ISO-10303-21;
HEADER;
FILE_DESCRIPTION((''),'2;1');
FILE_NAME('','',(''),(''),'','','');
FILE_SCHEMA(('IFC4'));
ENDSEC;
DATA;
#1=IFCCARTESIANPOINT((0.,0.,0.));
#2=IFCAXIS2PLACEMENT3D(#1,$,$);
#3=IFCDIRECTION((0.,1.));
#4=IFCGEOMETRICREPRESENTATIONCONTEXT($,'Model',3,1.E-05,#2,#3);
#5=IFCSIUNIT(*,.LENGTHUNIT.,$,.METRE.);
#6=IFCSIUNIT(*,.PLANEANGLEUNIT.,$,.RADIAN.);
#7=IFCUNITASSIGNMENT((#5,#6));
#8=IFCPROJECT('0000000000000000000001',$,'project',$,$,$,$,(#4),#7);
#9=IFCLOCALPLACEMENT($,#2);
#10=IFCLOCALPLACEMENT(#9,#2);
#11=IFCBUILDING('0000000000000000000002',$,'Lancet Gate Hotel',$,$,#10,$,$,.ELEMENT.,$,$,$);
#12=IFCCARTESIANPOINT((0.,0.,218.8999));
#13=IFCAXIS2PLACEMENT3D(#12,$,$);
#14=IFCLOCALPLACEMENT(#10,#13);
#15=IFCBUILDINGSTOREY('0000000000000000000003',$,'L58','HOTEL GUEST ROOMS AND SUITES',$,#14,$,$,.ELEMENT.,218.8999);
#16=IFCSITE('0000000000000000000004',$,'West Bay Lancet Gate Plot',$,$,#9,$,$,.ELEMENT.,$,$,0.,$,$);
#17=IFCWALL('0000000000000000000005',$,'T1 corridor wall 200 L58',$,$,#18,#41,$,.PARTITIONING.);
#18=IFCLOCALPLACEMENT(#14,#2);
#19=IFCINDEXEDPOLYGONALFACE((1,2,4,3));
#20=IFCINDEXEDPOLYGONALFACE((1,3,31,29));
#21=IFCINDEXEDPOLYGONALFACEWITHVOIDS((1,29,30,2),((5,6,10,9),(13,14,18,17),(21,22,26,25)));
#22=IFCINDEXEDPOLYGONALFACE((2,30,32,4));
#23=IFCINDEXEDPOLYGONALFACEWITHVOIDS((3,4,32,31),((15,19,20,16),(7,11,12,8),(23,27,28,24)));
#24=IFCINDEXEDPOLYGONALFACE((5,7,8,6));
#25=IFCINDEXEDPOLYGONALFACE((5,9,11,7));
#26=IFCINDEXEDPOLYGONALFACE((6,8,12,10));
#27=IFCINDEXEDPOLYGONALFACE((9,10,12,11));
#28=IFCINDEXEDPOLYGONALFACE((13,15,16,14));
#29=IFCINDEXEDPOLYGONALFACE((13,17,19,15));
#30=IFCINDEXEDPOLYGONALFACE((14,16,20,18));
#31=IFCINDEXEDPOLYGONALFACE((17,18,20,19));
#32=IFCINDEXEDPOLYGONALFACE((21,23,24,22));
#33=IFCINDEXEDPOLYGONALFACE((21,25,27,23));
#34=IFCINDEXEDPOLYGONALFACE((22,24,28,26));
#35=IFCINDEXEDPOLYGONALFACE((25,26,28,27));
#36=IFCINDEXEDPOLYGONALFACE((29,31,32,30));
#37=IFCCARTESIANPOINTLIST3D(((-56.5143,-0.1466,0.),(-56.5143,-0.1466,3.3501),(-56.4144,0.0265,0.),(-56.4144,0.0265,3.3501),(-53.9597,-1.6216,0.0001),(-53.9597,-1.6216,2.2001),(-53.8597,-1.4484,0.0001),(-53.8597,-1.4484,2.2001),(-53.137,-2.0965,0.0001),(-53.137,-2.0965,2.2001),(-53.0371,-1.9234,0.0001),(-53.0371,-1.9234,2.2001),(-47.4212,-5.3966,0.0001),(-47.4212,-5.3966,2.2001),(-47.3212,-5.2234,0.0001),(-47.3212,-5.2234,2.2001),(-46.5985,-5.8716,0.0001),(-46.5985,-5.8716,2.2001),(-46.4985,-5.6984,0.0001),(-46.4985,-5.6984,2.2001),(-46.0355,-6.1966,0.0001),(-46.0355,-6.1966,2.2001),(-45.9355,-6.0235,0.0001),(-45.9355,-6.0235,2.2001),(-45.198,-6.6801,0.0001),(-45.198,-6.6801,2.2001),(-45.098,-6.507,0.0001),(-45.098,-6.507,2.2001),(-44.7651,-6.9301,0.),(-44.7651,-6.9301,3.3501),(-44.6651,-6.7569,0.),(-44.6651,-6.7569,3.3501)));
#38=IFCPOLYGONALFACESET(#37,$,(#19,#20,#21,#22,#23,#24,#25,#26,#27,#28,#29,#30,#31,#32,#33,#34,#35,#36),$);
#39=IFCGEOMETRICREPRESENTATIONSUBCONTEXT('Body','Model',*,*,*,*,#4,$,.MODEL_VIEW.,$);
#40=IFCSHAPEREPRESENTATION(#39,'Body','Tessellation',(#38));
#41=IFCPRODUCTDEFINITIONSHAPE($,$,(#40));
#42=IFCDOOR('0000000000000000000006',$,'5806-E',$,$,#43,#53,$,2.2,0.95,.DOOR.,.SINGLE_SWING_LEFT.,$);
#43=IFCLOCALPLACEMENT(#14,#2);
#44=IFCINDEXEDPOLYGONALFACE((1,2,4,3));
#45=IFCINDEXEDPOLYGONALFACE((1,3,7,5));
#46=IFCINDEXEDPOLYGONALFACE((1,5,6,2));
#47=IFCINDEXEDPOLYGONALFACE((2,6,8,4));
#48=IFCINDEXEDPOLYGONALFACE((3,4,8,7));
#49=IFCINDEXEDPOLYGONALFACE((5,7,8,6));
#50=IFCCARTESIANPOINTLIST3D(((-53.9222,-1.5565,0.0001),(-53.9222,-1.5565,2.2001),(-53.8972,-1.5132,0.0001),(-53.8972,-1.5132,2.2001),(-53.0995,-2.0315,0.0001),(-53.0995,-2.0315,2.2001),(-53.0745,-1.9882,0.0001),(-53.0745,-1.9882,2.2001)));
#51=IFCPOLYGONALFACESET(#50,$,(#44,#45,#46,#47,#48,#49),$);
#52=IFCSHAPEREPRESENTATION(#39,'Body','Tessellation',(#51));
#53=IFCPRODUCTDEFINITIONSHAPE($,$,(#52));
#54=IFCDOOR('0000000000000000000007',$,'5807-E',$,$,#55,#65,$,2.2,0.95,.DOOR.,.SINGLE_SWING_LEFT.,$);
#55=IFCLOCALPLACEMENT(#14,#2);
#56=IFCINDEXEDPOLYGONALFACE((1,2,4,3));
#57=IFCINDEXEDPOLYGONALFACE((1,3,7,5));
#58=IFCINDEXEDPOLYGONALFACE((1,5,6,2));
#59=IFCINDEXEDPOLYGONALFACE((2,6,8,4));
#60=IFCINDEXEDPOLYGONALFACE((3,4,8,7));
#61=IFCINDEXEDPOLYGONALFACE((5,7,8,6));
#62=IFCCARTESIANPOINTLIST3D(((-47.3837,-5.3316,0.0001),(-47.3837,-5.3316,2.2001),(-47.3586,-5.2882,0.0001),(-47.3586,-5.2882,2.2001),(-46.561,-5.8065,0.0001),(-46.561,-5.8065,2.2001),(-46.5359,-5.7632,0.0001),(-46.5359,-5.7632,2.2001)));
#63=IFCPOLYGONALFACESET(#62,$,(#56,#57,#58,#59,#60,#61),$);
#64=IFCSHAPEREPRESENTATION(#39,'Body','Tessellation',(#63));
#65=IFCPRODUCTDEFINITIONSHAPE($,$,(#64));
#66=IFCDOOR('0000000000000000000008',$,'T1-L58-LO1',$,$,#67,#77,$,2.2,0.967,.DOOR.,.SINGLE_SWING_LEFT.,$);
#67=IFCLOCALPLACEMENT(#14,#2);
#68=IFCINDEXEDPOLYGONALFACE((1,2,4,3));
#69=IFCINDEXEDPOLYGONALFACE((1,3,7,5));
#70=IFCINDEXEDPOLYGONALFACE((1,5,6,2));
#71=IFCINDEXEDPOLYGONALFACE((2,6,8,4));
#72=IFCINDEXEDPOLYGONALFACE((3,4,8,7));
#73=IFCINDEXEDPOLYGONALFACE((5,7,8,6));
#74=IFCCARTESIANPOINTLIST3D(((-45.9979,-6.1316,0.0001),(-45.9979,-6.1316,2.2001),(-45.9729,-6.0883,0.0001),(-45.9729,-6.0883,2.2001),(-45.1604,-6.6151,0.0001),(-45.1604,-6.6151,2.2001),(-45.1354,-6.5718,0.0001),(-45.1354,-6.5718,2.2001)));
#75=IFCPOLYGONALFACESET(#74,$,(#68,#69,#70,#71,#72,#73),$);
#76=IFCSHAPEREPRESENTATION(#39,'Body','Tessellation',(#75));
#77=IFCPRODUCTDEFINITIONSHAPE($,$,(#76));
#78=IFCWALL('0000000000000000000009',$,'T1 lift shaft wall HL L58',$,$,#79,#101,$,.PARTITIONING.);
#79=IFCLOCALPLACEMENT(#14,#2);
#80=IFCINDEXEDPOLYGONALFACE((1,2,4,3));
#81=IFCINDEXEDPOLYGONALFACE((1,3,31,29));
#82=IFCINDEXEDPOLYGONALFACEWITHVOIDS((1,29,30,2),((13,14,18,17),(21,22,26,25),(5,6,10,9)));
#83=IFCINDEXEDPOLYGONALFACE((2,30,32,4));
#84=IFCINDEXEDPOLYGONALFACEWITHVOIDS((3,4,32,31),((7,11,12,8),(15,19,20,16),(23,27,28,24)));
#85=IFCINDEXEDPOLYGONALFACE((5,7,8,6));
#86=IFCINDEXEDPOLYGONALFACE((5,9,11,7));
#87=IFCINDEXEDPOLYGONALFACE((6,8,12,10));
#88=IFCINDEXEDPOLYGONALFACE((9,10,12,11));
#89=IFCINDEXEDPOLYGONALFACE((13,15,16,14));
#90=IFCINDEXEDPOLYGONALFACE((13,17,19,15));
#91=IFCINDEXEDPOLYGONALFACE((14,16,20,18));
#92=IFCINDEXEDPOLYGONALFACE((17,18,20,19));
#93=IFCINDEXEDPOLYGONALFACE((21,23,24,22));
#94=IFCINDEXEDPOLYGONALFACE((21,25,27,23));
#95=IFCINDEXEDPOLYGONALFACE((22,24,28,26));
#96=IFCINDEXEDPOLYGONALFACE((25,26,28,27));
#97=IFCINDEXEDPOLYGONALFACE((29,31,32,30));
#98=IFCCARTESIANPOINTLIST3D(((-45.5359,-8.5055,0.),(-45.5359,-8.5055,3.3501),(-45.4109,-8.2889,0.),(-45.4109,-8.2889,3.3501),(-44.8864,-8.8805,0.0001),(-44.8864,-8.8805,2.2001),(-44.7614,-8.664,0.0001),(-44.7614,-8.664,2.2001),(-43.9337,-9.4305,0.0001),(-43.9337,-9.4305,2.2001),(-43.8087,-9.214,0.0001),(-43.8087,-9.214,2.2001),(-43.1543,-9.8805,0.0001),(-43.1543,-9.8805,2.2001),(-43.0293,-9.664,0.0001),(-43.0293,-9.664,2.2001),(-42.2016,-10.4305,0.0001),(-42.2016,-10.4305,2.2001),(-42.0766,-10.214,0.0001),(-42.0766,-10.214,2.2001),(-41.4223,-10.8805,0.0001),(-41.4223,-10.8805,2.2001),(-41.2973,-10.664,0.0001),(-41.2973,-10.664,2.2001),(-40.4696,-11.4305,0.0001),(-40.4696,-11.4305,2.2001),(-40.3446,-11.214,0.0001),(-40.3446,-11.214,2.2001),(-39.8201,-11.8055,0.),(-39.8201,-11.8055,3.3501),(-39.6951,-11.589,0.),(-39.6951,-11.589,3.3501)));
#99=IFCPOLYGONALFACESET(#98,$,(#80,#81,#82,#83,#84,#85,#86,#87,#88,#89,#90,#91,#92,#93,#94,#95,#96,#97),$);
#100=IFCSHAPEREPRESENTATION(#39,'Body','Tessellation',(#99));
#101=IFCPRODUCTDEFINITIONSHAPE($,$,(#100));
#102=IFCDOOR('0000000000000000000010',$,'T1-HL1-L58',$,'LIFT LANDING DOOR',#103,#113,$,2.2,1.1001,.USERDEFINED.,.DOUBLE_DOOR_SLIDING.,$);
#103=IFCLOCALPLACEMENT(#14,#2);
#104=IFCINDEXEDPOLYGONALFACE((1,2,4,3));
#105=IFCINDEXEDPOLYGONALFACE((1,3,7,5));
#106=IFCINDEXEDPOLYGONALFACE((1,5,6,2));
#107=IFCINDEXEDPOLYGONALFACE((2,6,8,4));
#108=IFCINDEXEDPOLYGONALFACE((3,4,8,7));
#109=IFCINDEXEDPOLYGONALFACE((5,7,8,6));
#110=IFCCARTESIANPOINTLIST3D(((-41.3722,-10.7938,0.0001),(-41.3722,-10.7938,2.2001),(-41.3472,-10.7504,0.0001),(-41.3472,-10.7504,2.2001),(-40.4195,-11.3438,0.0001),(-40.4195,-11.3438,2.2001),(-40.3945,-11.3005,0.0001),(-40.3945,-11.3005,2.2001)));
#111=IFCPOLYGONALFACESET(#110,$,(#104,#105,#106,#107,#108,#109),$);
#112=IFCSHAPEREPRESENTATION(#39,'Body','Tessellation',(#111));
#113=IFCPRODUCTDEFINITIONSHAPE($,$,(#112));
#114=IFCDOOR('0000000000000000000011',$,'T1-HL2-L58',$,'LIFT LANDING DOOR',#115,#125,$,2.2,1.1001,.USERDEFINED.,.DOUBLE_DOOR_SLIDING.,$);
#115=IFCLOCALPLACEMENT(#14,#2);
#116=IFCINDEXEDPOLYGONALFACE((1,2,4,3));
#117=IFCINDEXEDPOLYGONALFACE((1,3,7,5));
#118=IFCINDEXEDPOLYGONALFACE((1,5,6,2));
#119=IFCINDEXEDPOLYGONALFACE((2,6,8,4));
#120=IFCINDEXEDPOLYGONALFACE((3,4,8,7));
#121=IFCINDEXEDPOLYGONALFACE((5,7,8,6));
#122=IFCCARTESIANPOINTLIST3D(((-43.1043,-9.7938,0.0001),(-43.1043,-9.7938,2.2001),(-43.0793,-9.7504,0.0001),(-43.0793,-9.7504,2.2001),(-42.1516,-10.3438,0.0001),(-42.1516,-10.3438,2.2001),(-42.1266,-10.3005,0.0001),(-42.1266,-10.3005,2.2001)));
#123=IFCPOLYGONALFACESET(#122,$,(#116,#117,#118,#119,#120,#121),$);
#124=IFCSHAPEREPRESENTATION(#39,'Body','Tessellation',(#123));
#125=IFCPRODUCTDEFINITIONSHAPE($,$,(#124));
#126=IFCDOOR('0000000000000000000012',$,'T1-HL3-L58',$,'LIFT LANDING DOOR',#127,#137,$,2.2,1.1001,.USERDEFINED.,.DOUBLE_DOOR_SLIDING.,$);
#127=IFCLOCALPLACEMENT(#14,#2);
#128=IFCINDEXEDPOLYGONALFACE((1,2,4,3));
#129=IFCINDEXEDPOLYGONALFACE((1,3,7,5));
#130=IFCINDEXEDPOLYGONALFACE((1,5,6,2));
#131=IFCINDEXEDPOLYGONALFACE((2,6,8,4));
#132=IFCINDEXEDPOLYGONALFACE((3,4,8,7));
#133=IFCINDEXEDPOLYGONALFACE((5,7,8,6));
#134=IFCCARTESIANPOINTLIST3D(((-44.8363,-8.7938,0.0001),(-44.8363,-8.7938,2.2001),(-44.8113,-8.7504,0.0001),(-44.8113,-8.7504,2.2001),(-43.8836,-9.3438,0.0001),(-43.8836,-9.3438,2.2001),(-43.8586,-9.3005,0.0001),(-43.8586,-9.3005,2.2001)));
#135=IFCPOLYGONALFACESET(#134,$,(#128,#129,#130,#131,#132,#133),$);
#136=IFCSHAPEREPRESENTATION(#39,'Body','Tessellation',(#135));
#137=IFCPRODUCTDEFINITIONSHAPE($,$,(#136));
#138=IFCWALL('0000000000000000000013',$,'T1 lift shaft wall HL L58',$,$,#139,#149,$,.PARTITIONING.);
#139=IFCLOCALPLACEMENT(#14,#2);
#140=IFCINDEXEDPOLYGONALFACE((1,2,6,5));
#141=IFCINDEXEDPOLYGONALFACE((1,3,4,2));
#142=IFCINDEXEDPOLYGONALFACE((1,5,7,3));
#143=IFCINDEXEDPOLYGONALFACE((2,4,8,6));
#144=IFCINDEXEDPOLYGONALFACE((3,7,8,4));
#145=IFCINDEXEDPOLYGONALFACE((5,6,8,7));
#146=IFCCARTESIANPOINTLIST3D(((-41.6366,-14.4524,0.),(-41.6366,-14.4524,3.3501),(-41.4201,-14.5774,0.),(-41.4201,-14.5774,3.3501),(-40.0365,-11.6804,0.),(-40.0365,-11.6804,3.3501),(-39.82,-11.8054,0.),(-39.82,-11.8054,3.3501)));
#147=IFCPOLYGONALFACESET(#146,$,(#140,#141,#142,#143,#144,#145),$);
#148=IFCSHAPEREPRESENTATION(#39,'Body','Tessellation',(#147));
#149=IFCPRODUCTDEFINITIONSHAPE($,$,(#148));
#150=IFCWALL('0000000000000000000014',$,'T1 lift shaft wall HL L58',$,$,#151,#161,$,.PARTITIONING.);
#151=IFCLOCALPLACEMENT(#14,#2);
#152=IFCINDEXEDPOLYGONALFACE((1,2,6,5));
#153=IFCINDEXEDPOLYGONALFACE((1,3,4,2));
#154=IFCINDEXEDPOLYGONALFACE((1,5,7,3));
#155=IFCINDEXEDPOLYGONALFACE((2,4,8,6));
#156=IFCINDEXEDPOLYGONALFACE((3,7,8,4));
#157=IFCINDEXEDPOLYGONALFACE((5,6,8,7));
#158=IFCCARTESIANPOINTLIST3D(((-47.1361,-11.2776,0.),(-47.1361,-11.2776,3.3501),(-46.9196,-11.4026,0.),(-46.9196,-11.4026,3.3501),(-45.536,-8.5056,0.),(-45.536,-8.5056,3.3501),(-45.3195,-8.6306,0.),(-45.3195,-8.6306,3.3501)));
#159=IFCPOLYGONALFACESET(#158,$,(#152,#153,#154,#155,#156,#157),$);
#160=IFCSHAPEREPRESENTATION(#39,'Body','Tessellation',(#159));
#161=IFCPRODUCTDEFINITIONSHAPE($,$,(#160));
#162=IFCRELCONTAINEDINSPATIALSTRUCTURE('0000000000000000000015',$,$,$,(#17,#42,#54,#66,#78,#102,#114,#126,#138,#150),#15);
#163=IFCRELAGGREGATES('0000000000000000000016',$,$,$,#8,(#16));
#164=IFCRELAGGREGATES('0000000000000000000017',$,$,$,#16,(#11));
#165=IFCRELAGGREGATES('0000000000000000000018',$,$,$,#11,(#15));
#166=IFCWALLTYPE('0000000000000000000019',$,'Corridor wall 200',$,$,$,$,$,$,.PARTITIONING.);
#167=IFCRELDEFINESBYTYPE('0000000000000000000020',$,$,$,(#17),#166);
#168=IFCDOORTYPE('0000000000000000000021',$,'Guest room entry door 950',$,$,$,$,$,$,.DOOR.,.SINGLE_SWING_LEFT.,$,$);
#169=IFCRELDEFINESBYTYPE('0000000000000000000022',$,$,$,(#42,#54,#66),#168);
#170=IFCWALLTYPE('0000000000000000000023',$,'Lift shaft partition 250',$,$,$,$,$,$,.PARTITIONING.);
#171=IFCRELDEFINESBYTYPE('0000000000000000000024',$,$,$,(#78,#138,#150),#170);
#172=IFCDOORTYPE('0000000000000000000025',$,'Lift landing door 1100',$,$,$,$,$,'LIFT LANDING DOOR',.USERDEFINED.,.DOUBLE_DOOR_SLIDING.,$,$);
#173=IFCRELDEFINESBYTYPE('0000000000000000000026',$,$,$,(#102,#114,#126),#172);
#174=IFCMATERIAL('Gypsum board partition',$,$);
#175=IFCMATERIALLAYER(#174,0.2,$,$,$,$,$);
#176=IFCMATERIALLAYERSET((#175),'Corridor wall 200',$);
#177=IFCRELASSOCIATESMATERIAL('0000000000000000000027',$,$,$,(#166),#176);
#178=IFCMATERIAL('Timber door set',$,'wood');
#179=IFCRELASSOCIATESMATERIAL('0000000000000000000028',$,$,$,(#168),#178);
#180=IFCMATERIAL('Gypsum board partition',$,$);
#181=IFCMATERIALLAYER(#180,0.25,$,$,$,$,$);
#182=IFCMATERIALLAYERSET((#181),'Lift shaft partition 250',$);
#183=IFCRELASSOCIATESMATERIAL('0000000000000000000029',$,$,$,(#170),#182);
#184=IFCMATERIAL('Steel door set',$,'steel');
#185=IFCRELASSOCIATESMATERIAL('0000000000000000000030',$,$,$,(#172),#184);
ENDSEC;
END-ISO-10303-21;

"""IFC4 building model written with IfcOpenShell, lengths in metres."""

from ifc_helpers import new_model, si_unit, direction, frame, frame_2d, origin, place, context, subcontext, project, spatial, rectangle, extrude, material, layer, layer_set, type_object, element, fill, save


model = new_model("IFC4")

# Units and contexts
model_context = context("Model", 3, precision=1e-05, world=origin(), true_north=direction((0.0, 1.0)))
body_context = subcontext(model_context, "Body", "Model", "MODEL_VIEW")
ifc_project = project(units=[si_unit("LENGTHUNIT", "METRE"), si_unit("PLANEANGLEUNIT", "RADIAN")], contexts=[model_context])

# Site, building, storey
site_placement = place(None, origin())
site = spatial("IfcSite", under=ifc_project, at=site_placement, Name="West Bay Lancet Gate Plot", CompositionType="ELEMENT", RefElevation=0.0)
building_placement = place(site_placement, origin())
building = spatial("IfcBuilding", under=site, at=building_placement, Name="Lancet Gate Hotel", CompositionType="ELEMENT")
storey_placement = place(building_placement, frame((0.0, 0.0, 218.8999)))
storey = spatial("IfcBuildingStorey", under=building, at=storey_placement, Name="L58", Description="HOTEL GUEST ROOMS AND SUITES", CompositionType="ELEMENT", Elevation=218.8999)

# Walls, openings, doors
ifc_material_1 = material(Name="Gypsum board partition")
ifc_layer_1 = layer(ifc_material_1, 0.2)
ifc_layer_set_1 = layer_set([ifc_layer_1], Name="Corridor wall 200")
wall_type_1 = type_object("IfcWallType", Name="Corridor wall 200", PredefinedType="PARTITIONING", material=ifc_layer_set_1)
wall_1_placement = place(storey_placement, frame((-44.7151, -6.8435, 0.0), z_axis=(0.0, 0.0, 1.0), x_axis=(-0.866025, 0.5, 0.0)))
wall_1 = element("IfcWall", 1, at=wall_1_placement, inside=storey, type_object=wall_type_1, Name="T1 corridor wall 200 L58", PredefinedType="PARTITIONING", context=body_context, shape_type="SweptSolid", body=[
    extrude(rectangle(XDim=13.5669, YDim=0.2, at=frame_2d((6.7834, 0.0))), origin(), (0.0, 0.0, 1.0), 3.3501),
])
opening_1_placement = place(wall_1_placement, frame((9.667, 0.0, 0.0)))
opening_1 = element("IfcOpeningElement", 2, at=opening_1_placement, cuts=wall_1, PredefinedType="OPENING", context=body_context, shape_type="SweptSolid", body=[
    extrude(rectangle(XDim=0.95, YDim=2.2, at=frame_2d((0.4751, 1.1001))), frame((0.0, 0.1099, 0.0), z_axis=(0.0, -1.0, 0.0), x_axis=(1.0, 0.0, 0.0)), (0.0, 0.0, 1.0), 0.22),
])
opening_2_placement = place(wall_1_placement, frame((2.1169, 0.0, 0.0)))
opening_2 = element("IfcOpeningElement", 3, at=opening_2_placement, cuts=wall_1, PredefinedType="OPENING", context=body_context, shape_type="SweptSolid", body=[
    extrude(rectangle(XDim=0.95, YDim=2.2, at=frame_2d((0.4751, 1.1001))), frame((0.0, 0.1099, 0.0), z_axis=(0.0, -1.0, 0.0), x_axis=(1.0, 0.0, 0.0)), (0.0, 0.0, 1.0), 0.22),
])
opening_3_placement = place(wall_1_placement, frame((0.5, 0.0, 0.0)))
opening_3 = element("IfcOpeningElement", 4, at=opening_3_placement, cuts=wall_1, PredefinedType="OPENING", context=body_context, shape_type="SweptSolid", body=[
    extrude(rectangle(XDim=0.967, YDim=2.2, at=frame_2d((0.4834, 1.1001))), frame((0.0, 0.1099, 0.0), z_axis=(0.0, -1.0, 0.0), x_axis=(1.0, 0.0, 0.0)), (0.0, 0.0, 1.0), 0.22),
])
ifc_material_2 = material(Name="Timber door set", Category="wood")
door_type_1 = type_object("IfcDoorType", Name="Guest room entry door 950", OperationType="SINGLE_SWING_LEFT", PredefinedType="DOOR", material=ifc_material_2)
door_1_placement = place(opening_1_placement, origin())
door_1 = element("IfcDoor", 5, at=door_1_placement, inside=storey, type_object=door_type_1, Name="5806-E", OperationType="SINGLE_SWING_LEFT", OverallHeight=2.2, OverallWidth=0.95, PredefinedType="DOOR", context=body_context, shape_type="SweptSolid", body=[
    extrude(rectangle(XDim=0.95, YDim=2.2, at=frame_2d((0.4751, 1.1001))), frame((0.0, 0.0249, 0.0), z_axis=(0.0, -1.0, 0.0), x_axis=(1.0, 0.0, 0.0)), (0.0, 0.0, 1.0), 0.05),
])
fill(opening_1, door_1)
door_2_placement = place(opening_2_placement, origin())
door_2 = element("IfcDoor", 6, at=door_2_placement, inside=storey, type_object=door_type_1, Name="5807-E", OperationType="SINGLE_SWING_LEFT", OverallHeight=2.2, OverallWidth=0.95, PredefinedType="DOOR", context=body_context, shape_type="SweptSolid", body=[
    extrude(rectangle(XDim=0.95, YDim=2.2, at=frame_2d((0.4751, 1.1001))), frame((0.0, 0.0249, 0.0), z_axis=(0.0, -1.0, 0.0), x_axis=(1.0, 0.0, 0.0)), (0.0, 0.0, 1.0), 0.05),
])
fill(opening_2, door_2)
door_3_placement = place(opening_3_placement, origin())
door_3 = element("IfcDoor", 7, at=door_3_placement, inside=storey, type_object=door_type_1, Name="T1-L58-LO1", OperationType="SINGLE_SWING_LEFT", OverallHeight=2.2, OverallWidth=0.967, PredefinedType="DOOR", context=body_context, shape_type="SweptSolid", body=[
    extrude(rectangle(XDim=0.967, YDim=2.2, at=frame_2d((0.4834, 1.1001))), frame((0.0, 0.0249, 0.0), z_axis=(0.0, -1.0, 0.0), x_axis=(1.0, 0.0, 0.0)), (0.0, 0.0, 1.0), 0.05),
])
fill(opening_3, door_3)
ifc_material_3 = material(Name="Gypsum board partition")
ifc_layer_2 = layer(ifc_material_3, 0.25)
ifc_layer_set_2 = layer_set([ifc_layer_2], Name="Lift shaft partition 250")
wall_type_2 = type_object("IfcWallType", Name="Lift shaft partition 250", PredefinedType="PARTITIONING", material=ifc_layer_set_2)
wall_2_placement = place(storey_placement, frame((-39.7576, -11.6973, 0.0), z_axis=(0.0, 0.0, 1.0), x_axis=(-0.866024, 0.500002, 0.0)))
wall_2 = element("IfcWall", 8, at=wall_2_placement, inside=storey, type_object=wall_type_2, Name="T1 lift shaft wall HL L58", PredefinedType="PARTITIONING", context=body_context, shape_type="SweptSolid", body=[
    extrude(rectangle(XDim=6.6001, YDim=0.25, at=frame_2d((3.3, 0.0))), origin(), (0.0, 0.0, 1.0), 3.3501),
])
opening_4_placement = place(wall_2_placement, frame((0.75, 0.0, 0.0)))
opening_4 = element("IfcOpeningElement", 9, at=opening_4_placement, cuts=wall_2, PredefinedType="OPENING", context=body_context, shape_type="SweptSolid", body=[
    extrude(rectangle(XDim=1.1001, YDim=2.2, at=frame_2d((0.55, 1.1001))), frame((0.0, 0.135, 0.0), z_axis=(0.0, -1.0, 0.0), x_axis=(1.0, 0.0, 0.0)), (0.0, 0.0, 1.0), 0.27),
])
opening_5_placement = place(wall_2_placement, frame((2.75, 0.0, 0.0)))
opening_5 = element("IfcOpeningElement", 10, at=opening_5_placement, cuts=wall_2, PredefinedType="OPENING", context=body_context, shape_type="SweptSolid", body=[
    extrude(rectangle(XDim=1.1001, YDim=2.2, at=frame_2d((0.55, 1.1001))), frame((0.0, 0.135, 0.0), z_axis=(0.0, -1.0, 0.0), x_axis=(1.0, 0.0, 0.0)), (0.0, 0.0, 1.0), 0.27),
])
opening_6_placement = place(wall_2_placement, frame((4.75, 0.0, 0.0)))
opening_6 = element("IfcOpeningElement", 11, at=opening_6_placement, cuts=wall_2, PredefinedType="OPENING", context=body_context, shape_type="SweptSolid", body=[
    extrude(rectangle(XDim=1.1001, YDim=2.2, at=frame_2d((0.55, 1.1001))), frame((0.0, 0.135, 0.0), z_axis=(0.0, -1.0, 0.0), x_axis=(1.0, 0.0, 0.0)), (0.0, 0.0, 1.0), 0.27),
])
ifc_material_4 = material(Name="Steel door set", Category="steel")
door_type_2 = type_object("IfcDoorType", Name="Lift landing door 1100", ElementType="LIFT LANDING DOOR", OperationType="DOUBLE_DOOR_SLIDING", PredefinedType="USERDEFINED", material=ifc_material_4)
door_4_placement = place(opening_4_placement, origin())
door_4 = element("IfcDoor", 12, at=door_4_placement, inside=storey, type_object=door_type_2, Name="T1-HL1-L58", ObjectType="LIFT LANDING DOOR", OperationType="DOUBLE_DOOR_SLIDING", OverallHeight=2.2, OverallWidth=1.1001, PredefinedType="USERDEFINED", context=body_context, shape_type="SweptSolid", body=[
    extrude(rectangle(XDim=1.1001, YDim=2.2, at=frame_2d((0.55, 1.1001))), frame((0.0, 0.0249, 0.0), z_axis=(0.0, -1.0, 0.0), x_axis=(1.0, 0.0, 0.0)), (0.0, 0.0, 1.0), 0.05),
])
fill(opening_4, door_4)
door_5_placement = place(opening_5_placement, origin())
door_5 = element("IfcDoor", 13, at=door_5_placement, inside=storey, type_object=door_type_2, Name="T1-HL2-L58", ObjectType="LIFT LANDING DOOR", OperationType="DOUBLE_DOOR_SLIDING", OverallHeight=2.2, OverallWidth=1.1001, PredefinedType="USERDEFINED", context=body_context, shape_type="SweptSolid", body=[
    extrude(rectangle(XDim=1.1001, YDim=2.2, at=frame_2d((0.55, 1.1001))), frame((0.0, 0.0249, 0.0), z_axis=(0.0, -1.0, 0.0), x_axis=(1.0, 0.0, 0.0)), (0.0, 0.0, 1.0), 0.05),
])
fill(opening_5, door_5)
door_6_placement = place(opening_6_placement, origin())
door_6 = element("IfcDoor", 14, at=door_6_placement, inside=storey, type_object=door_type_2, Name="T1-HL3-L58", ObjectType="LIFT LANDING DOOR", OperationType="DOUBLE_DOOR_SLIDING", OverallHeight=2.2, OverallWidth=1.1001, PredefinedType="USERDEFINED", context=body_context, shape_type="SweptSolid", body=[
    extrude(rectangle(XDim=1.1001, YDim=2.2, at=frame_2d((0.55, 1.1001))), frame((0.0, 0.0249, 0.0), z_axis=(0.0, -1.0, 0.0), x_axis=(1.0, 0.0, 0.0)), (0.0, 0.0, 1.0), 0.05),
])
fill(opening_6, door_6)

# Walls
for number, where, z_axis, x_axis, name in (
    (15, (-39.9282, -11.7429, 0.0), (0.0, 0.0, 1.0), (-0.499929, -0.866066, 0.0), "T1 lift shaft wall HL L58"),
    (16, (-45.4277, -8.5681, 0.0), (0.0, 0.0, 1.0), (-0.499929, -0.866066, 0.0), "T1 lift shaft wall HL L58"),
):
    element("IfcWall", number, at=place(storey_placement, frame(where, z_axis=z_axis, x_axis=x_axis)), inside=storey, type_object=wall_type_2, Name=name, PredefinedType="PARTITIONING", context=body_context, shape_type="SweptSolid", body=[
        extrude(rectangle(XDim=3.2007, YDim=0.25, at=frame_2d((1.6003, 0.0))), origin(), (0.0, 0.0, 1.0), 3.3501),
    ])

save(model, "model.ifc")
